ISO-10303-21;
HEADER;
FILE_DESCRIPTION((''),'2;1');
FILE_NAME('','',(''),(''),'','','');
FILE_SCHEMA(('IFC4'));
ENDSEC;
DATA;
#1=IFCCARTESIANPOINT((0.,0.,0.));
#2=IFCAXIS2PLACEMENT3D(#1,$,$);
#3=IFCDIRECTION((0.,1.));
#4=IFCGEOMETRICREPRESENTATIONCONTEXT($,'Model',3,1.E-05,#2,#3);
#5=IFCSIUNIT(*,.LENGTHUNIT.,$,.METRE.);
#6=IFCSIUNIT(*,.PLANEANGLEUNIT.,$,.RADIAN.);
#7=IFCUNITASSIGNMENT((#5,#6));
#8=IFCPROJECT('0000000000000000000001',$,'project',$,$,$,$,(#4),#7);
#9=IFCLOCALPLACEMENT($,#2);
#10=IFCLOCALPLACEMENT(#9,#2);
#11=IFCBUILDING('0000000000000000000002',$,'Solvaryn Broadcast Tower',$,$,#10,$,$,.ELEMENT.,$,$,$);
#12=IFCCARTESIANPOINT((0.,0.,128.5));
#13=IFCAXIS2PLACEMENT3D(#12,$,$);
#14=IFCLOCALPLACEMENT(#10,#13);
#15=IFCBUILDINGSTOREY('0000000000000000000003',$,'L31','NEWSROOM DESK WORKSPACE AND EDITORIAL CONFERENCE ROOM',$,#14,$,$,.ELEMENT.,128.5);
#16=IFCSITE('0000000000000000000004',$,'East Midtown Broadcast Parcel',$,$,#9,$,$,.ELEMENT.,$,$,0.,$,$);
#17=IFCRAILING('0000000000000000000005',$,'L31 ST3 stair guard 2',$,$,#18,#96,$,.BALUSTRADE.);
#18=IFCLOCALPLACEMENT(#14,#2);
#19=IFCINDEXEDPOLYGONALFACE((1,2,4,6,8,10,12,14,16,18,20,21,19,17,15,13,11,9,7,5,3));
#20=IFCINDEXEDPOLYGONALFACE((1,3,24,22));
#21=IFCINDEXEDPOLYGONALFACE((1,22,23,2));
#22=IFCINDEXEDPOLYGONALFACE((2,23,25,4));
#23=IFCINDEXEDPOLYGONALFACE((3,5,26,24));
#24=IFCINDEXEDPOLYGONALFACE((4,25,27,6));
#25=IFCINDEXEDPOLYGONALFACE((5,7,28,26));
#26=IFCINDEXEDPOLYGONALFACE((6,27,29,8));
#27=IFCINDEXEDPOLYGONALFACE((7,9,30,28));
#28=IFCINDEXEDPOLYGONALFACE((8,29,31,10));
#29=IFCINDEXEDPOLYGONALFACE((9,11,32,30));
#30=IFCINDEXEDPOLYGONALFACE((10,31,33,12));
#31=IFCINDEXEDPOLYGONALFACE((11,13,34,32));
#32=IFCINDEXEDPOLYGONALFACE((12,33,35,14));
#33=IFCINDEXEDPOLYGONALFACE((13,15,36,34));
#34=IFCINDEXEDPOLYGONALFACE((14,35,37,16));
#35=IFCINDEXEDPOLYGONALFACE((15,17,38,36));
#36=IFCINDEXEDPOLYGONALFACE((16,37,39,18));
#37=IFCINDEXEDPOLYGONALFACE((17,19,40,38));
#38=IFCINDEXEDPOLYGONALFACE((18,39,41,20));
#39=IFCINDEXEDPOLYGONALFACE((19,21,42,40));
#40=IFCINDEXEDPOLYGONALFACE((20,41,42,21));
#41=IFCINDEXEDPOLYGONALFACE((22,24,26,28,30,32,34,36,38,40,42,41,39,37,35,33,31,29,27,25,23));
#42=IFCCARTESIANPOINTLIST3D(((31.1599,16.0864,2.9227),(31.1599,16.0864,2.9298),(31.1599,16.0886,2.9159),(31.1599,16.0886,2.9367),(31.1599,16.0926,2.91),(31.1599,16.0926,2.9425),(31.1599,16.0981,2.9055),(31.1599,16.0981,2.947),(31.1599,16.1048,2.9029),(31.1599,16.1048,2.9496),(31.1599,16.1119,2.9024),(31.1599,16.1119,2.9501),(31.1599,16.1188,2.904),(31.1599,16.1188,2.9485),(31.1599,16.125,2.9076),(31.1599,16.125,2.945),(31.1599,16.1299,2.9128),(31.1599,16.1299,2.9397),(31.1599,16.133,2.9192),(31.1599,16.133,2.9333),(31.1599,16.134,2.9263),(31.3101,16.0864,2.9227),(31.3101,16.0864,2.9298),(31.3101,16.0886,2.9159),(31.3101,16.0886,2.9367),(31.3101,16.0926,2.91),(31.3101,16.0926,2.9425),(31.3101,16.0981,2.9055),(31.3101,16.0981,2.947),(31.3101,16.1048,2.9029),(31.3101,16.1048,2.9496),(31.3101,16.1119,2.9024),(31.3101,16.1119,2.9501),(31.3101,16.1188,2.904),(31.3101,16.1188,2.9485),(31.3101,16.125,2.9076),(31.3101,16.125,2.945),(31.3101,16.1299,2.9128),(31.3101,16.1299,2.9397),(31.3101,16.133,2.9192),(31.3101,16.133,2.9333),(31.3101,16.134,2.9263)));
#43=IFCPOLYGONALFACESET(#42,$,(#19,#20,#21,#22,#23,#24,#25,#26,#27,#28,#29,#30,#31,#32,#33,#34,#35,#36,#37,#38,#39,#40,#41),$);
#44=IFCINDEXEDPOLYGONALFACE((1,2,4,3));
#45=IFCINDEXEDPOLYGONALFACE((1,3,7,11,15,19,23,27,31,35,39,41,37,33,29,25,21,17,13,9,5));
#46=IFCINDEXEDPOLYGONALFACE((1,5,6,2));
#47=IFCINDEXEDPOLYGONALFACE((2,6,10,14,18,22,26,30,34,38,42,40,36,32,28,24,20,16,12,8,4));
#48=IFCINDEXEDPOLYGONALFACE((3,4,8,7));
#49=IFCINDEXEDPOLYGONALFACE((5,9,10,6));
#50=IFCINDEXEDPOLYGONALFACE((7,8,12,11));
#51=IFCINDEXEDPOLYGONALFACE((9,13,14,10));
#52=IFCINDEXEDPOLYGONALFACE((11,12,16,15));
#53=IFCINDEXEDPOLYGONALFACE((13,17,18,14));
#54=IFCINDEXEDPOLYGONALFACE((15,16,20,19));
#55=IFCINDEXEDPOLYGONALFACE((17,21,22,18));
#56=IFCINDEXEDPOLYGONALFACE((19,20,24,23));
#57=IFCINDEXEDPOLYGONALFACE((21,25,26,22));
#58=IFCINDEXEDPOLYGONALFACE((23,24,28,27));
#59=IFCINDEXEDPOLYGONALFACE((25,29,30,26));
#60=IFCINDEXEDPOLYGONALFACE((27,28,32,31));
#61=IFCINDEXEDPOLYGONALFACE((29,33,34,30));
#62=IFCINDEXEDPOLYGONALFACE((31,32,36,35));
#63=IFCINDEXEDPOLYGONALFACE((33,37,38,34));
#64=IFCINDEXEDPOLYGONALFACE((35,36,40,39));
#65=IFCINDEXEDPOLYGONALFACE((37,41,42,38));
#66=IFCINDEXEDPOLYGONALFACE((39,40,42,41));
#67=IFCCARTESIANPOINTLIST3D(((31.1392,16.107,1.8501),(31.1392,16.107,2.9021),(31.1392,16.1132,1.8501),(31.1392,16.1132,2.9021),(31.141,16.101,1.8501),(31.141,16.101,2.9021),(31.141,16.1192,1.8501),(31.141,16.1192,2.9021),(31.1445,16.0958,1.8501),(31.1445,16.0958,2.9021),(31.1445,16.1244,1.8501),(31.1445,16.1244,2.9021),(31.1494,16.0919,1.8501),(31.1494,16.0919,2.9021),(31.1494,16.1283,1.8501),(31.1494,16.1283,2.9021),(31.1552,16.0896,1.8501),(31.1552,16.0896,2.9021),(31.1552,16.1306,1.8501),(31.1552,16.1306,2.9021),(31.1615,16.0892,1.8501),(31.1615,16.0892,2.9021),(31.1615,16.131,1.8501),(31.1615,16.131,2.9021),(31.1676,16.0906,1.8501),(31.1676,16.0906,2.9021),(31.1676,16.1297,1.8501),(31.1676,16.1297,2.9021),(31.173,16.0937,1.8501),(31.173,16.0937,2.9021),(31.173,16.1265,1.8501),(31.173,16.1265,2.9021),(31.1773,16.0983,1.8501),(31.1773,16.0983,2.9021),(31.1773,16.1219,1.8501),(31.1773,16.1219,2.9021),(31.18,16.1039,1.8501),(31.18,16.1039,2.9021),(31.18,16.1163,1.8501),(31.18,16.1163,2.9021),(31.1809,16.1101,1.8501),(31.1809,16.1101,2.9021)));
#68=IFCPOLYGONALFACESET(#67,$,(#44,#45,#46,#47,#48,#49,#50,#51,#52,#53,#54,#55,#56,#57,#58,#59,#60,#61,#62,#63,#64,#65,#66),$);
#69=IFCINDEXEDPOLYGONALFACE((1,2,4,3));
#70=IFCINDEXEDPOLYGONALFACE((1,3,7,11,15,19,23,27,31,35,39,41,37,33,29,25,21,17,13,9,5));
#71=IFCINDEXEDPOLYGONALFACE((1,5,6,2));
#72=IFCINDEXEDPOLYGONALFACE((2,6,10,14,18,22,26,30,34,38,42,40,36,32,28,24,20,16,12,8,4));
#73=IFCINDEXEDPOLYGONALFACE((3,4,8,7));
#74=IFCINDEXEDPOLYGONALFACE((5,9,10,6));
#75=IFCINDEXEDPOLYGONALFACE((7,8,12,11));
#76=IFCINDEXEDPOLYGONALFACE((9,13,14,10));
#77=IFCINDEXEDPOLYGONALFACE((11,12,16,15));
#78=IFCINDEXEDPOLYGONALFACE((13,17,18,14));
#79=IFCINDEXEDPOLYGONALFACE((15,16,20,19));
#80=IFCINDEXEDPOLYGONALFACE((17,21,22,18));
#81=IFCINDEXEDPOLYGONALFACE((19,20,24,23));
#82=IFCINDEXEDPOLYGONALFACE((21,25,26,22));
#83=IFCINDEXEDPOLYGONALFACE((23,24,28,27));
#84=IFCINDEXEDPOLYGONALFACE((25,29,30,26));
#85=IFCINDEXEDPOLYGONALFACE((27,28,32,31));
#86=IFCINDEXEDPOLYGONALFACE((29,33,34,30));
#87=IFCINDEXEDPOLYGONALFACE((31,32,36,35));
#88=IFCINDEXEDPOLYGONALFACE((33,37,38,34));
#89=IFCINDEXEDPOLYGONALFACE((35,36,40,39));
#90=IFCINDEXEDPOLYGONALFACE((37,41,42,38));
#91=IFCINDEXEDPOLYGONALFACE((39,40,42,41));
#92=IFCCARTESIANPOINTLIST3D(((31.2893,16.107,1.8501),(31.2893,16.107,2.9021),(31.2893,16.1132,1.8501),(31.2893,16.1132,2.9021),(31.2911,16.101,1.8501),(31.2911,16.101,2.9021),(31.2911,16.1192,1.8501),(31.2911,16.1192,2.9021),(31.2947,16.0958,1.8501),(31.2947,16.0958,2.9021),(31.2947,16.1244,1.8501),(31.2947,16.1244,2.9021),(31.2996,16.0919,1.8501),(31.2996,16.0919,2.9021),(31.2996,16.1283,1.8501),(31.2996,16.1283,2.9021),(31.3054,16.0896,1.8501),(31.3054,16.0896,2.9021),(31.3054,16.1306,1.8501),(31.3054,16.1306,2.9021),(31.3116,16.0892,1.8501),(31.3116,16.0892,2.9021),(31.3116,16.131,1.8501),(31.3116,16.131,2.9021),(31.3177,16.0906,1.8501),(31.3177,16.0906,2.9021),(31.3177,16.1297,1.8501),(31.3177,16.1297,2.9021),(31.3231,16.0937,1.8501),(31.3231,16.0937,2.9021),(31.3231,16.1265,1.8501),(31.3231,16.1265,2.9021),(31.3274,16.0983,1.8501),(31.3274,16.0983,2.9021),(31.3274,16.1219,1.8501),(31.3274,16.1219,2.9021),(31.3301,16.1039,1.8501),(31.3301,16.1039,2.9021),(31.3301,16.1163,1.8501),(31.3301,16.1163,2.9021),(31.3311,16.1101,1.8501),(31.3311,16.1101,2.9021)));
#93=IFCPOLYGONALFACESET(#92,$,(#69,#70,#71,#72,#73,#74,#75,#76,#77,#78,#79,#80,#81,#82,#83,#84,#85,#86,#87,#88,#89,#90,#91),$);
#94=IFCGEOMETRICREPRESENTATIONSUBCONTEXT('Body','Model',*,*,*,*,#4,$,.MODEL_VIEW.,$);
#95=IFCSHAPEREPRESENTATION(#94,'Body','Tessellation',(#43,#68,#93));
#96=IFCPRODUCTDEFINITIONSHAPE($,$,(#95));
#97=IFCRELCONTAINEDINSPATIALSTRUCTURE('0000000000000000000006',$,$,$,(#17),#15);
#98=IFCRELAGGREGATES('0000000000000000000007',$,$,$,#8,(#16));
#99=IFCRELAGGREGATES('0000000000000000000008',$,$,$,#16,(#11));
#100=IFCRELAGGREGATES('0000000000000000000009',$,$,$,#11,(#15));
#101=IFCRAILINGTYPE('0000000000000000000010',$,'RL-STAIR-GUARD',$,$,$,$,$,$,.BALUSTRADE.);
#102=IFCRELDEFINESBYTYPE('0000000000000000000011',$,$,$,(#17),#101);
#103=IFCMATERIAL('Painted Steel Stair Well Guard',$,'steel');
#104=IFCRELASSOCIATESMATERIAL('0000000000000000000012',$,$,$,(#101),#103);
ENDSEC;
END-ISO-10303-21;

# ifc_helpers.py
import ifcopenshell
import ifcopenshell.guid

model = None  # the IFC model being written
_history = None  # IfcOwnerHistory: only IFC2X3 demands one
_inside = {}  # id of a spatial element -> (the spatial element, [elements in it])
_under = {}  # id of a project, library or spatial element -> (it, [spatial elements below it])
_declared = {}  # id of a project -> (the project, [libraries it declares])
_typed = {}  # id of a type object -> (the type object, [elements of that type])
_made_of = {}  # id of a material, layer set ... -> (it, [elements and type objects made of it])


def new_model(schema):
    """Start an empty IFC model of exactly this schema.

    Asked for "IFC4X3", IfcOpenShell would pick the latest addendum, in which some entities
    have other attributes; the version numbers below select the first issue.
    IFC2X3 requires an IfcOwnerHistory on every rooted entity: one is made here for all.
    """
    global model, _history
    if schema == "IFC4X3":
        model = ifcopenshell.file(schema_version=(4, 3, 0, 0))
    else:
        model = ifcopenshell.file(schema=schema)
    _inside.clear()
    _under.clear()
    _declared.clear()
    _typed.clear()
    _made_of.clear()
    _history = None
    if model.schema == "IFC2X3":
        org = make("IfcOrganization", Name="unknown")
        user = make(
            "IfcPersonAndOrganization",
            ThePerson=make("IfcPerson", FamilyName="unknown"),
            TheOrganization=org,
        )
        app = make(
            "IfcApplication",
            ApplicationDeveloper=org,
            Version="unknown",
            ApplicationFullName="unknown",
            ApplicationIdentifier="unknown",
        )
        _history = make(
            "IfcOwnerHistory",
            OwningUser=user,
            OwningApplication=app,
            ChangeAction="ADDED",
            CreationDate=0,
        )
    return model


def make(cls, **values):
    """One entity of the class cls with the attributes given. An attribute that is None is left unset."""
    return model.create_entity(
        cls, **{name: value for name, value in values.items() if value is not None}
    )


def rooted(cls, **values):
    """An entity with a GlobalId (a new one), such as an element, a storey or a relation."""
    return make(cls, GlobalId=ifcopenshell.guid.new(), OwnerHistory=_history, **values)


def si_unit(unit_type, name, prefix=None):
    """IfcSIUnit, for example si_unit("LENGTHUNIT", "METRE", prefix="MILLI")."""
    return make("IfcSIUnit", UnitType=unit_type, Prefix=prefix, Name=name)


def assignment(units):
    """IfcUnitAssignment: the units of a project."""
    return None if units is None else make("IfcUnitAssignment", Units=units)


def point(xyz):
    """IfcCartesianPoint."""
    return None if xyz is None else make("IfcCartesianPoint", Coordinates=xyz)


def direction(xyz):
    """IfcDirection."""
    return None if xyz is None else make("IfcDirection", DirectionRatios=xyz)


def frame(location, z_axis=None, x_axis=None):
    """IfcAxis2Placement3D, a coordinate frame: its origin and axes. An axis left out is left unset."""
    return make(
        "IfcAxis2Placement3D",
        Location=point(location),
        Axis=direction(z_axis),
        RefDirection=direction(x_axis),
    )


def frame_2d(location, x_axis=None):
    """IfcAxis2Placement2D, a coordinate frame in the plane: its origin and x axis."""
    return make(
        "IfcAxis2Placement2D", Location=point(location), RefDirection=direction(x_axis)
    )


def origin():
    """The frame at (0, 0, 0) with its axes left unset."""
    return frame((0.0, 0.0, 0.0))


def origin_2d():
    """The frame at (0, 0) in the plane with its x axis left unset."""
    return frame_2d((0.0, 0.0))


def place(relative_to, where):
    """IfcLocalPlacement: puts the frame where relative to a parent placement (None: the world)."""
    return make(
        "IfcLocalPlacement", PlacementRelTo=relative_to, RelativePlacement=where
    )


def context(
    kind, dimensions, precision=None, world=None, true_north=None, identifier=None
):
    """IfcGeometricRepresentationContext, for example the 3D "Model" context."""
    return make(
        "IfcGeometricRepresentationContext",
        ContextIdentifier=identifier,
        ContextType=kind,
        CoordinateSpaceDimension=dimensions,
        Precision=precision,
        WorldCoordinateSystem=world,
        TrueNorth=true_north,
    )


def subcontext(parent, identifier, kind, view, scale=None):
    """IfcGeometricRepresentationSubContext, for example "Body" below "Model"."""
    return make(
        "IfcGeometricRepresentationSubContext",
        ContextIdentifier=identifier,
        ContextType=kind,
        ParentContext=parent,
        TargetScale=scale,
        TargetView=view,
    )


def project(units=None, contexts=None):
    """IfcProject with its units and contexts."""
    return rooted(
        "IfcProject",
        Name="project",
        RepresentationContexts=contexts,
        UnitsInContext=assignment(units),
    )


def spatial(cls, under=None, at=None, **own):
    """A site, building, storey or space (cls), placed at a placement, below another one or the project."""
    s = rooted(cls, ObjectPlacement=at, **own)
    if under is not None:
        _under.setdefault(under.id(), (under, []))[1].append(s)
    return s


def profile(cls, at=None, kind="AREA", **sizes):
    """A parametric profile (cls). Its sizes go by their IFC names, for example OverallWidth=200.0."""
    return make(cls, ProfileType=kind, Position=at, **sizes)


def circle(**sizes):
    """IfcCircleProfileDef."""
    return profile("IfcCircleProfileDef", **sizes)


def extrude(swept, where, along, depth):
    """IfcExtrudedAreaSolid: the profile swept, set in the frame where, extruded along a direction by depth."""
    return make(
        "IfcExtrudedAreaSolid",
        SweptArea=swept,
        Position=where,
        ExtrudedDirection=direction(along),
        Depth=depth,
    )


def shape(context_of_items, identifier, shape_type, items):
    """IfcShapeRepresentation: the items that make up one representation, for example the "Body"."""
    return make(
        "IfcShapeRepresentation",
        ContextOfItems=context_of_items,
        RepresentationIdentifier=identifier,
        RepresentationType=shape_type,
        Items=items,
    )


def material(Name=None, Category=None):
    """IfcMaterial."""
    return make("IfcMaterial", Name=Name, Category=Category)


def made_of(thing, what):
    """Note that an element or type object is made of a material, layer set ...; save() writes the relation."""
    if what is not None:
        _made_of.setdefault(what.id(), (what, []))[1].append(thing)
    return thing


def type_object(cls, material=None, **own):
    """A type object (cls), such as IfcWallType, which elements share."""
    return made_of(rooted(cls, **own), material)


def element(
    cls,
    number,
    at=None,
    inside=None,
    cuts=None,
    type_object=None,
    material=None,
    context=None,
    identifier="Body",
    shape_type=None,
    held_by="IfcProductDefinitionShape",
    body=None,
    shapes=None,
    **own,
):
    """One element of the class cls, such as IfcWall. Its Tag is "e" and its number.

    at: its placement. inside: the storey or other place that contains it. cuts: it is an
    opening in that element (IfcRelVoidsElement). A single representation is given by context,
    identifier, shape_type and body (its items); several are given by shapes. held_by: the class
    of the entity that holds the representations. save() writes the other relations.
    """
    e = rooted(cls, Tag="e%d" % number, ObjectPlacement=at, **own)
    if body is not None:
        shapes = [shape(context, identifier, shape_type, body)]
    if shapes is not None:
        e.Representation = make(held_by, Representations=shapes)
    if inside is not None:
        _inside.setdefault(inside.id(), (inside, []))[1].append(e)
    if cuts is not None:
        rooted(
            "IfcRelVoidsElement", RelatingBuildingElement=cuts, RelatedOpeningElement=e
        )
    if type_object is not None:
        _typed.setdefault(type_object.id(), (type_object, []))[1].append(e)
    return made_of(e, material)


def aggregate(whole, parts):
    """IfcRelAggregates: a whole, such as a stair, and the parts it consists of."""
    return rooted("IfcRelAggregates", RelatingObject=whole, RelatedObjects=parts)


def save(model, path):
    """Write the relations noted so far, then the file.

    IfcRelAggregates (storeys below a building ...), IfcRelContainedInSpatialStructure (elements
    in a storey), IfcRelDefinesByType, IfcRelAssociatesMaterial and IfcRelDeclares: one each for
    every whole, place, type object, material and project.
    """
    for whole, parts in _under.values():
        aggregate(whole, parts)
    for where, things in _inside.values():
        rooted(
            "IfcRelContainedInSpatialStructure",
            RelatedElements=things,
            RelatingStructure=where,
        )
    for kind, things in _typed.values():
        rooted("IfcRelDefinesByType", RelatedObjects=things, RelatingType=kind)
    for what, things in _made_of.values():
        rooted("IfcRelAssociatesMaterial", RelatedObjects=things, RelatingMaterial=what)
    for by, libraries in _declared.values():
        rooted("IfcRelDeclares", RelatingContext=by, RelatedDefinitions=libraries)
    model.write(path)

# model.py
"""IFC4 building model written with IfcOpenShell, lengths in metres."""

from ifc_helpers import new_model, si_unit, direction, frame, origin, origin_2d, place, context, subcontext, project, spatial, circle, extrude, material, type_object, element, save


model = new_model("IFC4")

# Units and contexts
model_context = context("Model", 3, precision=1e-05, world=origin(), true_north=direction((0.0, 1.0)))
body_context = subcontext(model_context, "Body", "Model", "MODEL_VIEW")
ifc_project = project(units=[si_unit("LENGTHUNIT", "METRE"), si_unit("PLANEANGLEUNIT", "RADIAN")], contexts=[model_context])

# Site, building, storey
site_placement = place(None, origin())
site = spatial("IfcSite", under=ifc_project, at=site_placement, Name="East Midtown Broadcast Parcel", CompositionType="ELEMENT", RefElevation=0.0)
building_placement = place(site_placement, origin())
building = spatial("IfcBuilding", under=site, at=building_placement, Name="Solvaryn Broadcast Tower", CompositionType="ELEMENT")
storey_placement = place(building_placement, frame((0.0, 0.0, 128.5)))
storey = spatial("IfcBuildingStorey", under=building, at=storey_placement, Name="L31", Description="NEWSROOM DESK WORKSPACE AND EDITORIAL CONFERENCE ROOM", CompositionType="ELEMENT", Elevation=128.5)

# Railing
ifc_material_1 = material(Name="Painted Steel Stair Well Guard", Category="steel")
railing_type_1 = type_object("IfcRailingType", Name="RL-STAIR-GUARD", PredefinedType="BALUSTRADE", material=ifc_material_1)
railing_1_placement = place(storey_placement, frame((31.1599, 16.1101, 1.8501)))
element("IfcRailing", 1, at=railing_1_placement, inside=storey, type_object=railing_type_1, Name="L31 ST3 stair guard 2", PredefinedType="BALUSTRADE", context=body_context, shape_type="SweptSolid", body=[
    extrude(circle(Radius=0.0239, at=origin_2d()), frame((0.0, 0.0, 1.0762), z_axis=(1.0, 0.0, 0.0), x_axis=(0.0, 1.0, 0.0)), (0.0, 0.0, 1.0), 0.1501),
    extrude(circle(Radius=0.021, at=origin_2d()), origin(), (0.0, 0.0, 1.0), 1.052),
    extrude(circle(Radius=0.021, at=origin_2d()), frame((0.1501, 0.0, 0.0)), (0.0, 0.0, 1.0), 1.052),
])

save(model, "model.ifc")
